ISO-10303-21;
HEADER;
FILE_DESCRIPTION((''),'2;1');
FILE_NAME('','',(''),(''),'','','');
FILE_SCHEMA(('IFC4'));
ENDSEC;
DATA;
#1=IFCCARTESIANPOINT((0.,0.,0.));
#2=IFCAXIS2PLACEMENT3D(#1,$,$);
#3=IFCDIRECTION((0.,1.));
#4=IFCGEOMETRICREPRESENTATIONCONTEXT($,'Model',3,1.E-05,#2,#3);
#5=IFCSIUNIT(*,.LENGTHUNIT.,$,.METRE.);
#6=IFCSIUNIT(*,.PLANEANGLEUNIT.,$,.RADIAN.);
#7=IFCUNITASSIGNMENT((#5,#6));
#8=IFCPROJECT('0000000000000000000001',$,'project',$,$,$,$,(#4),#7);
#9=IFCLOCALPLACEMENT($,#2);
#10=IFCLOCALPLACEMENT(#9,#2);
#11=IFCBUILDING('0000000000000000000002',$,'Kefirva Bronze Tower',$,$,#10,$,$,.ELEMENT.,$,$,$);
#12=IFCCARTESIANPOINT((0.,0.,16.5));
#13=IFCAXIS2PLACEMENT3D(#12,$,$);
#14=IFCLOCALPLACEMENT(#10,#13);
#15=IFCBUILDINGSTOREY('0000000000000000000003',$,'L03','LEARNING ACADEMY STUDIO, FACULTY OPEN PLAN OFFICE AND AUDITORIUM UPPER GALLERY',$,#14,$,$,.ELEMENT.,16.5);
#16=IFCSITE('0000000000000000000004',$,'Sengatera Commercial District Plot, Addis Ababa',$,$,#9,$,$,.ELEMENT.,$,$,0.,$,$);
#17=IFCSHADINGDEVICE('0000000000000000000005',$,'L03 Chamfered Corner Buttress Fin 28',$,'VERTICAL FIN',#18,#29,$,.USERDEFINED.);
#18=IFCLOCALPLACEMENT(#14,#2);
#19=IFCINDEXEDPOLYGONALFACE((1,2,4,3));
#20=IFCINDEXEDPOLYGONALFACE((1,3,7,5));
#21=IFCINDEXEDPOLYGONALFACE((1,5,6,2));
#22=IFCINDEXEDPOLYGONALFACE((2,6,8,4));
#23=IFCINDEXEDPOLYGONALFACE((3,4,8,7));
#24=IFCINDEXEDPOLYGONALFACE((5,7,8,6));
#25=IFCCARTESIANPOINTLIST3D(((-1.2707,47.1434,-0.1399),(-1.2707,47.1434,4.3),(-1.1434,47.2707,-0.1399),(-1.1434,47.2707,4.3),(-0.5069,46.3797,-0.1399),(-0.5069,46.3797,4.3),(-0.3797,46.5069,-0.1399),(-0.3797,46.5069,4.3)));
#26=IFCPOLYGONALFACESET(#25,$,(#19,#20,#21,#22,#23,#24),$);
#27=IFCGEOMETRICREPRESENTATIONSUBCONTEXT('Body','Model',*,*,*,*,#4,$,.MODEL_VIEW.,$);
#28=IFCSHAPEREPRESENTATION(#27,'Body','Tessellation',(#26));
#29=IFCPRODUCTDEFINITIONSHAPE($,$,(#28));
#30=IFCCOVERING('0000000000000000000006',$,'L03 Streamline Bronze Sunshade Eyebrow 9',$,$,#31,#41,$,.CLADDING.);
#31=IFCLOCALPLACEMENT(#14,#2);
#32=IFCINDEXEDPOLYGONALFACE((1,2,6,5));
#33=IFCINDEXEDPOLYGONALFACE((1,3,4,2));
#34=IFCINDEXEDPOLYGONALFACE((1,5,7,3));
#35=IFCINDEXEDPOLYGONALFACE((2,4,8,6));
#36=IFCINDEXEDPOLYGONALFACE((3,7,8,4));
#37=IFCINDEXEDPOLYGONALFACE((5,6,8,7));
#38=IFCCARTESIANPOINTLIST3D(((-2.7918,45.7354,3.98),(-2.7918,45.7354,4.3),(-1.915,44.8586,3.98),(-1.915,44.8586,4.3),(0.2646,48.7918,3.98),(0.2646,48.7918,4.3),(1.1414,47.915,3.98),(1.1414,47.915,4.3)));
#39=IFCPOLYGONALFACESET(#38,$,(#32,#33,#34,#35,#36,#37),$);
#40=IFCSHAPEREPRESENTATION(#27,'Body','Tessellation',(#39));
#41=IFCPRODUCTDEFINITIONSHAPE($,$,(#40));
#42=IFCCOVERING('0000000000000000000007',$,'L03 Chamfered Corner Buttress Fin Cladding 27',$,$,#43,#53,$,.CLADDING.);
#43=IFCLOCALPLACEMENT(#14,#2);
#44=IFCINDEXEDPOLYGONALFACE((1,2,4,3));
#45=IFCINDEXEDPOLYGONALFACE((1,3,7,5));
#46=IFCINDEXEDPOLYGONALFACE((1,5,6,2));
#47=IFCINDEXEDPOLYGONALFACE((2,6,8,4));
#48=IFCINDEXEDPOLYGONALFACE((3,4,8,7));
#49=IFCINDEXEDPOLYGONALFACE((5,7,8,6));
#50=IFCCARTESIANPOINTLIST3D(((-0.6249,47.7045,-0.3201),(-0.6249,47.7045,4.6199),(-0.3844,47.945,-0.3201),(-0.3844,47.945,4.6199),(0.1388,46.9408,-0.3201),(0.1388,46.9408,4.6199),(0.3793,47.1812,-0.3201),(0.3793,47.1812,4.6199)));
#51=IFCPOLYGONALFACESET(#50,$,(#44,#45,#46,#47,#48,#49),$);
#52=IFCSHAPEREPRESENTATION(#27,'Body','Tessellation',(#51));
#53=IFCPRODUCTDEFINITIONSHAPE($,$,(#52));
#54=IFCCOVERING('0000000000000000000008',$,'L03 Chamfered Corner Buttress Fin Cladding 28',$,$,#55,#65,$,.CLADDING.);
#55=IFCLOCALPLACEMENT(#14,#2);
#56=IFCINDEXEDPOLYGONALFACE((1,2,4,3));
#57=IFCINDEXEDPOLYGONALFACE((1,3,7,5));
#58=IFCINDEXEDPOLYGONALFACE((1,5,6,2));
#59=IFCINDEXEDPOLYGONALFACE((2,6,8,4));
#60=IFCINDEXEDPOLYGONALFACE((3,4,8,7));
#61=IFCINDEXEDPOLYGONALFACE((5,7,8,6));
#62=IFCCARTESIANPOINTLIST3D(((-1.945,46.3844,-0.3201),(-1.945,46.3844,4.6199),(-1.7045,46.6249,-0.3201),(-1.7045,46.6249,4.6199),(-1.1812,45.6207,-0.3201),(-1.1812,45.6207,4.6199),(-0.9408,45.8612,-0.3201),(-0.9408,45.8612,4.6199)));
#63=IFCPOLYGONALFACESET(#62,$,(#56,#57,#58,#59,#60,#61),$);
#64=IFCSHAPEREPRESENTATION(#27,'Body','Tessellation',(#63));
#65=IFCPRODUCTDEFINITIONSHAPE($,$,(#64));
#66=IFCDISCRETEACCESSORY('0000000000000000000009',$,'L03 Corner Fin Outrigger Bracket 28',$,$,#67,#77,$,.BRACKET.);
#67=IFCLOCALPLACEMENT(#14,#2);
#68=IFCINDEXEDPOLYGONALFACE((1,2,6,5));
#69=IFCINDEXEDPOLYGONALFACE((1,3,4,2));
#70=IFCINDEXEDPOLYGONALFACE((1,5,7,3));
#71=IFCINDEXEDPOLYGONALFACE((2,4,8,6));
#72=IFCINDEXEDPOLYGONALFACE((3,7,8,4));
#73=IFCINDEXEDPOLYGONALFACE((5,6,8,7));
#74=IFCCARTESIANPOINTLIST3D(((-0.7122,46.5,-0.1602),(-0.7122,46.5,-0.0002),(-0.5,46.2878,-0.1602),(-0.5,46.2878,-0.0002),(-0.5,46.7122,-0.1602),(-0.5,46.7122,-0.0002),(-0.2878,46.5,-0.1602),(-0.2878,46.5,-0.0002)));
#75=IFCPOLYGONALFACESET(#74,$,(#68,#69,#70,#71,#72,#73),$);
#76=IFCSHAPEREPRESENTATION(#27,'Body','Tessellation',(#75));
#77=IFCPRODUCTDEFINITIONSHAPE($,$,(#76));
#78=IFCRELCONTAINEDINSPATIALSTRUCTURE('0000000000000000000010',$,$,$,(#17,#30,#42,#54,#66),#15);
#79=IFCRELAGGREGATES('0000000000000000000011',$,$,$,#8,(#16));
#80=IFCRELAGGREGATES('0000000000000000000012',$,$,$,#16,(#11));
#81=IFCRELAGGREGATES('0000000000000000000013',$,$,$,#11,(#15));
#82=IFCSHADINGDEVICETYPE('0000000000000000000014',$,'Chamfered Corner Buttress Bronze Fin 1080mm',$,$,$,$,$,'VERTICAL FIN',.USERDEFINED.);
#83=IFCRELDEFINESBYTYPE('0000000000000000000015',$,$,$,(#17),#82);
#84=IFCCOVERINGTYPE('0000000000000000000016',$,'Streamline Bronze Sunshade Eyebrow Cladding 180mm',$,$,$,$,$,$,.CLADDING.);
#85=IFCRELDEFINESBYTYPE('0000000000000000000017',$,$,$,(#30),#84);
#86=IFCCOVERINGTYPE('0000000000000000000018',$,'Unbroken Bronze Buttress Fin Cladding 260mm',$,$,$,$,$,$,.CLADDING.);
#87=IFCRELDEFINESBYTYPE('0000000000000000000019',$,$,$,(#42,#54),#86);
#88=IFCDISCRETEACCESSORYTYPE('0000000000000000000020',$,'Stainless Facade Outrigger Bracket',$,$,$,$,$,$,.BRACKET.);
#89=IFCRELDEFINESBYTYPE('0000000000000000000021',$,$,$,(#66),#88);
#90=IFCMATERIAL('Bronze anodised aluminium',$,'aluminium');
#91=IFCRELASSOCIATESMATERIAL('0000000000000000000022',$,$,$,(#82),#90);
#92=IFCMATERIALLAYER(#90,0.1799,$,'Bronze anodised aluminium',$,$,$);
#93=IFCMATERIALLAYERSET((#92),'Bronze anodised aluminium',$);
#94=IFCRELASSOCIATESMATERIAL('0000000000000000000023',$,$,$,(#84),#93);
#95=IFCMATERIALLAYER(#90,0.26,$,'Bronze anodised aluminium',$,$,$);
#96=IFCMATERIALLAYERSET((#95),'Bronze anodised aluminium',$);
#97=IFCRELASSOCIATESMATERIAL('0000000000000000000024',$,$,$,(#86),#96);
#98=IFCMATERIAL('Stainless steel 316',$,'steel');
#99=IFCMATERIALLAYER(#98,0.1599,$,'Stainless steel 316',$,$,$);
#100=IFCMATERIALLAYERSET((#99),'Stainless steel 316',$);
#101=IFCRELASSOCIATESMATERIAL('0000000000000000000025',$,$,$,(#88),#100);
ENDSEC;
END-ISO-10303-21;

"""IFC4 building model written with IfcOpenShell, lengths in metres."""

from ifc_helpers import new_model, si_unit, direction, frame, origin, origin_2d, place, context, subcontext, project, spatial, rectangle, extrude, material, layer, layer_set, material_profile, profile_set, type_object, element, save


model = new_model("IFC4")

# Units and contexts
model_context = context("Model", 3, precision=1e-05, world=origin(), true_north=direction((0.0, 1.0)))
body_context = subcontext(model_context, "Body", "Model", "MODEL_VIEW")
ifc_project = project(units=[si_unit("LENGTHUNIT", "METRE"), si_unit("PLANEANGLEUNIT", "RADIAN")], contexts=[model_context])

# Site, building, storey
site_placement = place(None, origin())
site = spatial("IfcSite", under=ifc_project, at=site_placement, Name="Sengatera Commercial District Plot, Addis Ababa", CompositionType="ELEMENT", RefElevation=0.0)
building_placement = place(site_placement, origin())
building = spatial("IfcBuilding", under=site, at=building_placement, Name="Kefirva Bronze Tower", CompositionType="ELEMENT")
storey_placement = place(building_placement, frame((0.0, 0.0, 16.5)))
storey = spatial("IfcBuildingStorey", under=building, at=storey_placement, Name="L03", Description="LEARNING ACADEMY STUDIO, FACULTY OPEN PLAN OFFICE AND AUDITORIUM UPPER GALLERY", CompositionType="ELEMENT", Elevation=16.5)

# Shared definitions
ifc_material_1 = material(Name="Bronze anodised aluminium", Category="aluminium")

# Shading device
ifc_material_profile_1 = material_profile(ifc_material_1, rectangle(XDim=0.1799, YDim=1.0801, at=origin_2d()), Name="BRONZE BUTTRESS FIN 180x1080")
ifc_profile_set_1 = profile_set([ifc_material_profile_1], Name="Bronze anodised aluminium")
shading_device_type = type_object("IfcShadingDeviceType", Name="Chamfered Corner Buttress Bronze Fin 1080mm", ElementType="VERTICAL FIN", PredefinedType="USERDEFINED", material=ifc_profile_set_1)
shading_device_placement = place(storey_placement, frame((-0.8252, 46.8252, -0.1399), z_axis=(0.0, 0.0, 1.0), x_axis=(-0.707107, -0.707107, 0.0)))
element("IfcShadingDevice", 1, at=shading_device_placement, inside=storey, type_object=shading_device_type, Name="L03 Chamfered Corner Buttress Fin 28", ObjectType="VERTICAL FIN", PredefinedType="USERDEFINED", context=body_context, shape_type="SweptSolid", body=[
    extrude(rectangle(XDim=0.1799, YDim=1.0801, at=origin_2d()), origin(), (0.0, 0.0, 1.0), 4.4399),
])

# Coverings
ifc_layer_1 = layer(ifc_material_1, 0.1799, Name="Bronze anodised aluminium")
ifc_layer_set_1 = layer_set([ifc_layer_1], Name="Bronze anodised aluminium")
covering_type_1 = type_object("IfcCoveringType", Name="Streamline Bronze Sunshade Eyebrow Cladding 180mm", PredefinedType="CLADDING", material=ifc_layer_set_1)
covering_1_placement = place(storey_placement, frame((-0.8252, 46.8252, 3.98), z_axis=(0.0, 0.0, 1.0), x_axis=(-0.707107, -0.707107, 0.0)))
element("IfcCovering", 2, at=covering_1_placement, inside=storey, type_object=covering_type_1, Name="L03 Streamline Bronze Sunshade Eyebrow 9", PredefinedType="CLADDING", context=body_context, shape_type="SweptSolid", body=[
    extrude(rectangle(XDim=4.3225, YDim=1.24, at=origin_2d()), origin(), (0.0, 0.0, 1.0), 0.3201),
])
ifc_layer_2 = layer(ifc_material_1, 0.26, Name="Bronze anodised aluminium")
ifc_layer_set_2 = layer_set([ifc_layer_2], Name="Bronze anodised aluminium")
covering_type_2 = type_object("IfcCoveringType", Name="Unbroken Bronze Buttress Fin Cladding 260mm", PredefinedType="CLADDING", material=ifc_layer_set_2)
for number, where, z_axis, x_axis, name in (
    (3, (-0.1228, 47.4429, -0.3201), (0.0, 0.0, 1.0), (-0.707107, -0.707107, 0.0), "L03 Chamfered Corner Buttress Fin Cladding 27"),
    (4, (-1.4429, 46.1228, -0.3201), (0.0, 0.0, 1.0), (-0.707107, -0.707107, 0.0), "L03 Chamfered Corner Buttress Fin Cladding 28"),
):
    element("IfcCovering", number, at=place(storey_placement, frame(where, z_axis=z_axis, x_axis=x_axis)), inside=storey, type_object=covering_type_2, Name=name, PredefinedType="CLADDING", context=body_context, shape_type="SweptSolid", body=[
        extrude(rectangle(XDim=0.3401, YDim=1.0801, at=origin_2d()), origin(), (0.0, 0.0, 1.0), 4.9399),
    ])

# Discrete accessory
ifc_material_2 = material(Name="Stainless steel 316", Category="steel")
ifc_layer_3 = layer(ifc_material_2, 0.1599, Name="Stainless steel 316")
ifc_layer_set_3 = layer_set([ifc_layer_3], Name="Stainless steel 316")
discrete_accessory_type = type_object("IfcDiscreteAccessoryType", Name="Stainless Facade Outrigger Bracket", PredefinedType="BRACKET", material=ifc_layer_set_3)
discrete_accessory_placement = place(storey_placement, frame((-0.5, 46.5, -0.1602), z_axis=(0.0, 0.0, 1.0), x_axis=(-0.707107, -0.707107, 0.0)))
element("IfcDiscreteAccessory", 5, at=discrete_accessory_placement, inside=storey, type_object=discrete_accessory_type, Name="L03 Corner Fin Outrigger Bracket 28", PredefinedType="BRACKET", context=body_context, shape_type="SweptSolid", body=[
    extrude(rectangle(XDim=0.3, YDim=0.3, at=origin_2d()), origin(), (0.0, 0.0, 1.0), 0.1599),
])

save(model, "model.ifc")
